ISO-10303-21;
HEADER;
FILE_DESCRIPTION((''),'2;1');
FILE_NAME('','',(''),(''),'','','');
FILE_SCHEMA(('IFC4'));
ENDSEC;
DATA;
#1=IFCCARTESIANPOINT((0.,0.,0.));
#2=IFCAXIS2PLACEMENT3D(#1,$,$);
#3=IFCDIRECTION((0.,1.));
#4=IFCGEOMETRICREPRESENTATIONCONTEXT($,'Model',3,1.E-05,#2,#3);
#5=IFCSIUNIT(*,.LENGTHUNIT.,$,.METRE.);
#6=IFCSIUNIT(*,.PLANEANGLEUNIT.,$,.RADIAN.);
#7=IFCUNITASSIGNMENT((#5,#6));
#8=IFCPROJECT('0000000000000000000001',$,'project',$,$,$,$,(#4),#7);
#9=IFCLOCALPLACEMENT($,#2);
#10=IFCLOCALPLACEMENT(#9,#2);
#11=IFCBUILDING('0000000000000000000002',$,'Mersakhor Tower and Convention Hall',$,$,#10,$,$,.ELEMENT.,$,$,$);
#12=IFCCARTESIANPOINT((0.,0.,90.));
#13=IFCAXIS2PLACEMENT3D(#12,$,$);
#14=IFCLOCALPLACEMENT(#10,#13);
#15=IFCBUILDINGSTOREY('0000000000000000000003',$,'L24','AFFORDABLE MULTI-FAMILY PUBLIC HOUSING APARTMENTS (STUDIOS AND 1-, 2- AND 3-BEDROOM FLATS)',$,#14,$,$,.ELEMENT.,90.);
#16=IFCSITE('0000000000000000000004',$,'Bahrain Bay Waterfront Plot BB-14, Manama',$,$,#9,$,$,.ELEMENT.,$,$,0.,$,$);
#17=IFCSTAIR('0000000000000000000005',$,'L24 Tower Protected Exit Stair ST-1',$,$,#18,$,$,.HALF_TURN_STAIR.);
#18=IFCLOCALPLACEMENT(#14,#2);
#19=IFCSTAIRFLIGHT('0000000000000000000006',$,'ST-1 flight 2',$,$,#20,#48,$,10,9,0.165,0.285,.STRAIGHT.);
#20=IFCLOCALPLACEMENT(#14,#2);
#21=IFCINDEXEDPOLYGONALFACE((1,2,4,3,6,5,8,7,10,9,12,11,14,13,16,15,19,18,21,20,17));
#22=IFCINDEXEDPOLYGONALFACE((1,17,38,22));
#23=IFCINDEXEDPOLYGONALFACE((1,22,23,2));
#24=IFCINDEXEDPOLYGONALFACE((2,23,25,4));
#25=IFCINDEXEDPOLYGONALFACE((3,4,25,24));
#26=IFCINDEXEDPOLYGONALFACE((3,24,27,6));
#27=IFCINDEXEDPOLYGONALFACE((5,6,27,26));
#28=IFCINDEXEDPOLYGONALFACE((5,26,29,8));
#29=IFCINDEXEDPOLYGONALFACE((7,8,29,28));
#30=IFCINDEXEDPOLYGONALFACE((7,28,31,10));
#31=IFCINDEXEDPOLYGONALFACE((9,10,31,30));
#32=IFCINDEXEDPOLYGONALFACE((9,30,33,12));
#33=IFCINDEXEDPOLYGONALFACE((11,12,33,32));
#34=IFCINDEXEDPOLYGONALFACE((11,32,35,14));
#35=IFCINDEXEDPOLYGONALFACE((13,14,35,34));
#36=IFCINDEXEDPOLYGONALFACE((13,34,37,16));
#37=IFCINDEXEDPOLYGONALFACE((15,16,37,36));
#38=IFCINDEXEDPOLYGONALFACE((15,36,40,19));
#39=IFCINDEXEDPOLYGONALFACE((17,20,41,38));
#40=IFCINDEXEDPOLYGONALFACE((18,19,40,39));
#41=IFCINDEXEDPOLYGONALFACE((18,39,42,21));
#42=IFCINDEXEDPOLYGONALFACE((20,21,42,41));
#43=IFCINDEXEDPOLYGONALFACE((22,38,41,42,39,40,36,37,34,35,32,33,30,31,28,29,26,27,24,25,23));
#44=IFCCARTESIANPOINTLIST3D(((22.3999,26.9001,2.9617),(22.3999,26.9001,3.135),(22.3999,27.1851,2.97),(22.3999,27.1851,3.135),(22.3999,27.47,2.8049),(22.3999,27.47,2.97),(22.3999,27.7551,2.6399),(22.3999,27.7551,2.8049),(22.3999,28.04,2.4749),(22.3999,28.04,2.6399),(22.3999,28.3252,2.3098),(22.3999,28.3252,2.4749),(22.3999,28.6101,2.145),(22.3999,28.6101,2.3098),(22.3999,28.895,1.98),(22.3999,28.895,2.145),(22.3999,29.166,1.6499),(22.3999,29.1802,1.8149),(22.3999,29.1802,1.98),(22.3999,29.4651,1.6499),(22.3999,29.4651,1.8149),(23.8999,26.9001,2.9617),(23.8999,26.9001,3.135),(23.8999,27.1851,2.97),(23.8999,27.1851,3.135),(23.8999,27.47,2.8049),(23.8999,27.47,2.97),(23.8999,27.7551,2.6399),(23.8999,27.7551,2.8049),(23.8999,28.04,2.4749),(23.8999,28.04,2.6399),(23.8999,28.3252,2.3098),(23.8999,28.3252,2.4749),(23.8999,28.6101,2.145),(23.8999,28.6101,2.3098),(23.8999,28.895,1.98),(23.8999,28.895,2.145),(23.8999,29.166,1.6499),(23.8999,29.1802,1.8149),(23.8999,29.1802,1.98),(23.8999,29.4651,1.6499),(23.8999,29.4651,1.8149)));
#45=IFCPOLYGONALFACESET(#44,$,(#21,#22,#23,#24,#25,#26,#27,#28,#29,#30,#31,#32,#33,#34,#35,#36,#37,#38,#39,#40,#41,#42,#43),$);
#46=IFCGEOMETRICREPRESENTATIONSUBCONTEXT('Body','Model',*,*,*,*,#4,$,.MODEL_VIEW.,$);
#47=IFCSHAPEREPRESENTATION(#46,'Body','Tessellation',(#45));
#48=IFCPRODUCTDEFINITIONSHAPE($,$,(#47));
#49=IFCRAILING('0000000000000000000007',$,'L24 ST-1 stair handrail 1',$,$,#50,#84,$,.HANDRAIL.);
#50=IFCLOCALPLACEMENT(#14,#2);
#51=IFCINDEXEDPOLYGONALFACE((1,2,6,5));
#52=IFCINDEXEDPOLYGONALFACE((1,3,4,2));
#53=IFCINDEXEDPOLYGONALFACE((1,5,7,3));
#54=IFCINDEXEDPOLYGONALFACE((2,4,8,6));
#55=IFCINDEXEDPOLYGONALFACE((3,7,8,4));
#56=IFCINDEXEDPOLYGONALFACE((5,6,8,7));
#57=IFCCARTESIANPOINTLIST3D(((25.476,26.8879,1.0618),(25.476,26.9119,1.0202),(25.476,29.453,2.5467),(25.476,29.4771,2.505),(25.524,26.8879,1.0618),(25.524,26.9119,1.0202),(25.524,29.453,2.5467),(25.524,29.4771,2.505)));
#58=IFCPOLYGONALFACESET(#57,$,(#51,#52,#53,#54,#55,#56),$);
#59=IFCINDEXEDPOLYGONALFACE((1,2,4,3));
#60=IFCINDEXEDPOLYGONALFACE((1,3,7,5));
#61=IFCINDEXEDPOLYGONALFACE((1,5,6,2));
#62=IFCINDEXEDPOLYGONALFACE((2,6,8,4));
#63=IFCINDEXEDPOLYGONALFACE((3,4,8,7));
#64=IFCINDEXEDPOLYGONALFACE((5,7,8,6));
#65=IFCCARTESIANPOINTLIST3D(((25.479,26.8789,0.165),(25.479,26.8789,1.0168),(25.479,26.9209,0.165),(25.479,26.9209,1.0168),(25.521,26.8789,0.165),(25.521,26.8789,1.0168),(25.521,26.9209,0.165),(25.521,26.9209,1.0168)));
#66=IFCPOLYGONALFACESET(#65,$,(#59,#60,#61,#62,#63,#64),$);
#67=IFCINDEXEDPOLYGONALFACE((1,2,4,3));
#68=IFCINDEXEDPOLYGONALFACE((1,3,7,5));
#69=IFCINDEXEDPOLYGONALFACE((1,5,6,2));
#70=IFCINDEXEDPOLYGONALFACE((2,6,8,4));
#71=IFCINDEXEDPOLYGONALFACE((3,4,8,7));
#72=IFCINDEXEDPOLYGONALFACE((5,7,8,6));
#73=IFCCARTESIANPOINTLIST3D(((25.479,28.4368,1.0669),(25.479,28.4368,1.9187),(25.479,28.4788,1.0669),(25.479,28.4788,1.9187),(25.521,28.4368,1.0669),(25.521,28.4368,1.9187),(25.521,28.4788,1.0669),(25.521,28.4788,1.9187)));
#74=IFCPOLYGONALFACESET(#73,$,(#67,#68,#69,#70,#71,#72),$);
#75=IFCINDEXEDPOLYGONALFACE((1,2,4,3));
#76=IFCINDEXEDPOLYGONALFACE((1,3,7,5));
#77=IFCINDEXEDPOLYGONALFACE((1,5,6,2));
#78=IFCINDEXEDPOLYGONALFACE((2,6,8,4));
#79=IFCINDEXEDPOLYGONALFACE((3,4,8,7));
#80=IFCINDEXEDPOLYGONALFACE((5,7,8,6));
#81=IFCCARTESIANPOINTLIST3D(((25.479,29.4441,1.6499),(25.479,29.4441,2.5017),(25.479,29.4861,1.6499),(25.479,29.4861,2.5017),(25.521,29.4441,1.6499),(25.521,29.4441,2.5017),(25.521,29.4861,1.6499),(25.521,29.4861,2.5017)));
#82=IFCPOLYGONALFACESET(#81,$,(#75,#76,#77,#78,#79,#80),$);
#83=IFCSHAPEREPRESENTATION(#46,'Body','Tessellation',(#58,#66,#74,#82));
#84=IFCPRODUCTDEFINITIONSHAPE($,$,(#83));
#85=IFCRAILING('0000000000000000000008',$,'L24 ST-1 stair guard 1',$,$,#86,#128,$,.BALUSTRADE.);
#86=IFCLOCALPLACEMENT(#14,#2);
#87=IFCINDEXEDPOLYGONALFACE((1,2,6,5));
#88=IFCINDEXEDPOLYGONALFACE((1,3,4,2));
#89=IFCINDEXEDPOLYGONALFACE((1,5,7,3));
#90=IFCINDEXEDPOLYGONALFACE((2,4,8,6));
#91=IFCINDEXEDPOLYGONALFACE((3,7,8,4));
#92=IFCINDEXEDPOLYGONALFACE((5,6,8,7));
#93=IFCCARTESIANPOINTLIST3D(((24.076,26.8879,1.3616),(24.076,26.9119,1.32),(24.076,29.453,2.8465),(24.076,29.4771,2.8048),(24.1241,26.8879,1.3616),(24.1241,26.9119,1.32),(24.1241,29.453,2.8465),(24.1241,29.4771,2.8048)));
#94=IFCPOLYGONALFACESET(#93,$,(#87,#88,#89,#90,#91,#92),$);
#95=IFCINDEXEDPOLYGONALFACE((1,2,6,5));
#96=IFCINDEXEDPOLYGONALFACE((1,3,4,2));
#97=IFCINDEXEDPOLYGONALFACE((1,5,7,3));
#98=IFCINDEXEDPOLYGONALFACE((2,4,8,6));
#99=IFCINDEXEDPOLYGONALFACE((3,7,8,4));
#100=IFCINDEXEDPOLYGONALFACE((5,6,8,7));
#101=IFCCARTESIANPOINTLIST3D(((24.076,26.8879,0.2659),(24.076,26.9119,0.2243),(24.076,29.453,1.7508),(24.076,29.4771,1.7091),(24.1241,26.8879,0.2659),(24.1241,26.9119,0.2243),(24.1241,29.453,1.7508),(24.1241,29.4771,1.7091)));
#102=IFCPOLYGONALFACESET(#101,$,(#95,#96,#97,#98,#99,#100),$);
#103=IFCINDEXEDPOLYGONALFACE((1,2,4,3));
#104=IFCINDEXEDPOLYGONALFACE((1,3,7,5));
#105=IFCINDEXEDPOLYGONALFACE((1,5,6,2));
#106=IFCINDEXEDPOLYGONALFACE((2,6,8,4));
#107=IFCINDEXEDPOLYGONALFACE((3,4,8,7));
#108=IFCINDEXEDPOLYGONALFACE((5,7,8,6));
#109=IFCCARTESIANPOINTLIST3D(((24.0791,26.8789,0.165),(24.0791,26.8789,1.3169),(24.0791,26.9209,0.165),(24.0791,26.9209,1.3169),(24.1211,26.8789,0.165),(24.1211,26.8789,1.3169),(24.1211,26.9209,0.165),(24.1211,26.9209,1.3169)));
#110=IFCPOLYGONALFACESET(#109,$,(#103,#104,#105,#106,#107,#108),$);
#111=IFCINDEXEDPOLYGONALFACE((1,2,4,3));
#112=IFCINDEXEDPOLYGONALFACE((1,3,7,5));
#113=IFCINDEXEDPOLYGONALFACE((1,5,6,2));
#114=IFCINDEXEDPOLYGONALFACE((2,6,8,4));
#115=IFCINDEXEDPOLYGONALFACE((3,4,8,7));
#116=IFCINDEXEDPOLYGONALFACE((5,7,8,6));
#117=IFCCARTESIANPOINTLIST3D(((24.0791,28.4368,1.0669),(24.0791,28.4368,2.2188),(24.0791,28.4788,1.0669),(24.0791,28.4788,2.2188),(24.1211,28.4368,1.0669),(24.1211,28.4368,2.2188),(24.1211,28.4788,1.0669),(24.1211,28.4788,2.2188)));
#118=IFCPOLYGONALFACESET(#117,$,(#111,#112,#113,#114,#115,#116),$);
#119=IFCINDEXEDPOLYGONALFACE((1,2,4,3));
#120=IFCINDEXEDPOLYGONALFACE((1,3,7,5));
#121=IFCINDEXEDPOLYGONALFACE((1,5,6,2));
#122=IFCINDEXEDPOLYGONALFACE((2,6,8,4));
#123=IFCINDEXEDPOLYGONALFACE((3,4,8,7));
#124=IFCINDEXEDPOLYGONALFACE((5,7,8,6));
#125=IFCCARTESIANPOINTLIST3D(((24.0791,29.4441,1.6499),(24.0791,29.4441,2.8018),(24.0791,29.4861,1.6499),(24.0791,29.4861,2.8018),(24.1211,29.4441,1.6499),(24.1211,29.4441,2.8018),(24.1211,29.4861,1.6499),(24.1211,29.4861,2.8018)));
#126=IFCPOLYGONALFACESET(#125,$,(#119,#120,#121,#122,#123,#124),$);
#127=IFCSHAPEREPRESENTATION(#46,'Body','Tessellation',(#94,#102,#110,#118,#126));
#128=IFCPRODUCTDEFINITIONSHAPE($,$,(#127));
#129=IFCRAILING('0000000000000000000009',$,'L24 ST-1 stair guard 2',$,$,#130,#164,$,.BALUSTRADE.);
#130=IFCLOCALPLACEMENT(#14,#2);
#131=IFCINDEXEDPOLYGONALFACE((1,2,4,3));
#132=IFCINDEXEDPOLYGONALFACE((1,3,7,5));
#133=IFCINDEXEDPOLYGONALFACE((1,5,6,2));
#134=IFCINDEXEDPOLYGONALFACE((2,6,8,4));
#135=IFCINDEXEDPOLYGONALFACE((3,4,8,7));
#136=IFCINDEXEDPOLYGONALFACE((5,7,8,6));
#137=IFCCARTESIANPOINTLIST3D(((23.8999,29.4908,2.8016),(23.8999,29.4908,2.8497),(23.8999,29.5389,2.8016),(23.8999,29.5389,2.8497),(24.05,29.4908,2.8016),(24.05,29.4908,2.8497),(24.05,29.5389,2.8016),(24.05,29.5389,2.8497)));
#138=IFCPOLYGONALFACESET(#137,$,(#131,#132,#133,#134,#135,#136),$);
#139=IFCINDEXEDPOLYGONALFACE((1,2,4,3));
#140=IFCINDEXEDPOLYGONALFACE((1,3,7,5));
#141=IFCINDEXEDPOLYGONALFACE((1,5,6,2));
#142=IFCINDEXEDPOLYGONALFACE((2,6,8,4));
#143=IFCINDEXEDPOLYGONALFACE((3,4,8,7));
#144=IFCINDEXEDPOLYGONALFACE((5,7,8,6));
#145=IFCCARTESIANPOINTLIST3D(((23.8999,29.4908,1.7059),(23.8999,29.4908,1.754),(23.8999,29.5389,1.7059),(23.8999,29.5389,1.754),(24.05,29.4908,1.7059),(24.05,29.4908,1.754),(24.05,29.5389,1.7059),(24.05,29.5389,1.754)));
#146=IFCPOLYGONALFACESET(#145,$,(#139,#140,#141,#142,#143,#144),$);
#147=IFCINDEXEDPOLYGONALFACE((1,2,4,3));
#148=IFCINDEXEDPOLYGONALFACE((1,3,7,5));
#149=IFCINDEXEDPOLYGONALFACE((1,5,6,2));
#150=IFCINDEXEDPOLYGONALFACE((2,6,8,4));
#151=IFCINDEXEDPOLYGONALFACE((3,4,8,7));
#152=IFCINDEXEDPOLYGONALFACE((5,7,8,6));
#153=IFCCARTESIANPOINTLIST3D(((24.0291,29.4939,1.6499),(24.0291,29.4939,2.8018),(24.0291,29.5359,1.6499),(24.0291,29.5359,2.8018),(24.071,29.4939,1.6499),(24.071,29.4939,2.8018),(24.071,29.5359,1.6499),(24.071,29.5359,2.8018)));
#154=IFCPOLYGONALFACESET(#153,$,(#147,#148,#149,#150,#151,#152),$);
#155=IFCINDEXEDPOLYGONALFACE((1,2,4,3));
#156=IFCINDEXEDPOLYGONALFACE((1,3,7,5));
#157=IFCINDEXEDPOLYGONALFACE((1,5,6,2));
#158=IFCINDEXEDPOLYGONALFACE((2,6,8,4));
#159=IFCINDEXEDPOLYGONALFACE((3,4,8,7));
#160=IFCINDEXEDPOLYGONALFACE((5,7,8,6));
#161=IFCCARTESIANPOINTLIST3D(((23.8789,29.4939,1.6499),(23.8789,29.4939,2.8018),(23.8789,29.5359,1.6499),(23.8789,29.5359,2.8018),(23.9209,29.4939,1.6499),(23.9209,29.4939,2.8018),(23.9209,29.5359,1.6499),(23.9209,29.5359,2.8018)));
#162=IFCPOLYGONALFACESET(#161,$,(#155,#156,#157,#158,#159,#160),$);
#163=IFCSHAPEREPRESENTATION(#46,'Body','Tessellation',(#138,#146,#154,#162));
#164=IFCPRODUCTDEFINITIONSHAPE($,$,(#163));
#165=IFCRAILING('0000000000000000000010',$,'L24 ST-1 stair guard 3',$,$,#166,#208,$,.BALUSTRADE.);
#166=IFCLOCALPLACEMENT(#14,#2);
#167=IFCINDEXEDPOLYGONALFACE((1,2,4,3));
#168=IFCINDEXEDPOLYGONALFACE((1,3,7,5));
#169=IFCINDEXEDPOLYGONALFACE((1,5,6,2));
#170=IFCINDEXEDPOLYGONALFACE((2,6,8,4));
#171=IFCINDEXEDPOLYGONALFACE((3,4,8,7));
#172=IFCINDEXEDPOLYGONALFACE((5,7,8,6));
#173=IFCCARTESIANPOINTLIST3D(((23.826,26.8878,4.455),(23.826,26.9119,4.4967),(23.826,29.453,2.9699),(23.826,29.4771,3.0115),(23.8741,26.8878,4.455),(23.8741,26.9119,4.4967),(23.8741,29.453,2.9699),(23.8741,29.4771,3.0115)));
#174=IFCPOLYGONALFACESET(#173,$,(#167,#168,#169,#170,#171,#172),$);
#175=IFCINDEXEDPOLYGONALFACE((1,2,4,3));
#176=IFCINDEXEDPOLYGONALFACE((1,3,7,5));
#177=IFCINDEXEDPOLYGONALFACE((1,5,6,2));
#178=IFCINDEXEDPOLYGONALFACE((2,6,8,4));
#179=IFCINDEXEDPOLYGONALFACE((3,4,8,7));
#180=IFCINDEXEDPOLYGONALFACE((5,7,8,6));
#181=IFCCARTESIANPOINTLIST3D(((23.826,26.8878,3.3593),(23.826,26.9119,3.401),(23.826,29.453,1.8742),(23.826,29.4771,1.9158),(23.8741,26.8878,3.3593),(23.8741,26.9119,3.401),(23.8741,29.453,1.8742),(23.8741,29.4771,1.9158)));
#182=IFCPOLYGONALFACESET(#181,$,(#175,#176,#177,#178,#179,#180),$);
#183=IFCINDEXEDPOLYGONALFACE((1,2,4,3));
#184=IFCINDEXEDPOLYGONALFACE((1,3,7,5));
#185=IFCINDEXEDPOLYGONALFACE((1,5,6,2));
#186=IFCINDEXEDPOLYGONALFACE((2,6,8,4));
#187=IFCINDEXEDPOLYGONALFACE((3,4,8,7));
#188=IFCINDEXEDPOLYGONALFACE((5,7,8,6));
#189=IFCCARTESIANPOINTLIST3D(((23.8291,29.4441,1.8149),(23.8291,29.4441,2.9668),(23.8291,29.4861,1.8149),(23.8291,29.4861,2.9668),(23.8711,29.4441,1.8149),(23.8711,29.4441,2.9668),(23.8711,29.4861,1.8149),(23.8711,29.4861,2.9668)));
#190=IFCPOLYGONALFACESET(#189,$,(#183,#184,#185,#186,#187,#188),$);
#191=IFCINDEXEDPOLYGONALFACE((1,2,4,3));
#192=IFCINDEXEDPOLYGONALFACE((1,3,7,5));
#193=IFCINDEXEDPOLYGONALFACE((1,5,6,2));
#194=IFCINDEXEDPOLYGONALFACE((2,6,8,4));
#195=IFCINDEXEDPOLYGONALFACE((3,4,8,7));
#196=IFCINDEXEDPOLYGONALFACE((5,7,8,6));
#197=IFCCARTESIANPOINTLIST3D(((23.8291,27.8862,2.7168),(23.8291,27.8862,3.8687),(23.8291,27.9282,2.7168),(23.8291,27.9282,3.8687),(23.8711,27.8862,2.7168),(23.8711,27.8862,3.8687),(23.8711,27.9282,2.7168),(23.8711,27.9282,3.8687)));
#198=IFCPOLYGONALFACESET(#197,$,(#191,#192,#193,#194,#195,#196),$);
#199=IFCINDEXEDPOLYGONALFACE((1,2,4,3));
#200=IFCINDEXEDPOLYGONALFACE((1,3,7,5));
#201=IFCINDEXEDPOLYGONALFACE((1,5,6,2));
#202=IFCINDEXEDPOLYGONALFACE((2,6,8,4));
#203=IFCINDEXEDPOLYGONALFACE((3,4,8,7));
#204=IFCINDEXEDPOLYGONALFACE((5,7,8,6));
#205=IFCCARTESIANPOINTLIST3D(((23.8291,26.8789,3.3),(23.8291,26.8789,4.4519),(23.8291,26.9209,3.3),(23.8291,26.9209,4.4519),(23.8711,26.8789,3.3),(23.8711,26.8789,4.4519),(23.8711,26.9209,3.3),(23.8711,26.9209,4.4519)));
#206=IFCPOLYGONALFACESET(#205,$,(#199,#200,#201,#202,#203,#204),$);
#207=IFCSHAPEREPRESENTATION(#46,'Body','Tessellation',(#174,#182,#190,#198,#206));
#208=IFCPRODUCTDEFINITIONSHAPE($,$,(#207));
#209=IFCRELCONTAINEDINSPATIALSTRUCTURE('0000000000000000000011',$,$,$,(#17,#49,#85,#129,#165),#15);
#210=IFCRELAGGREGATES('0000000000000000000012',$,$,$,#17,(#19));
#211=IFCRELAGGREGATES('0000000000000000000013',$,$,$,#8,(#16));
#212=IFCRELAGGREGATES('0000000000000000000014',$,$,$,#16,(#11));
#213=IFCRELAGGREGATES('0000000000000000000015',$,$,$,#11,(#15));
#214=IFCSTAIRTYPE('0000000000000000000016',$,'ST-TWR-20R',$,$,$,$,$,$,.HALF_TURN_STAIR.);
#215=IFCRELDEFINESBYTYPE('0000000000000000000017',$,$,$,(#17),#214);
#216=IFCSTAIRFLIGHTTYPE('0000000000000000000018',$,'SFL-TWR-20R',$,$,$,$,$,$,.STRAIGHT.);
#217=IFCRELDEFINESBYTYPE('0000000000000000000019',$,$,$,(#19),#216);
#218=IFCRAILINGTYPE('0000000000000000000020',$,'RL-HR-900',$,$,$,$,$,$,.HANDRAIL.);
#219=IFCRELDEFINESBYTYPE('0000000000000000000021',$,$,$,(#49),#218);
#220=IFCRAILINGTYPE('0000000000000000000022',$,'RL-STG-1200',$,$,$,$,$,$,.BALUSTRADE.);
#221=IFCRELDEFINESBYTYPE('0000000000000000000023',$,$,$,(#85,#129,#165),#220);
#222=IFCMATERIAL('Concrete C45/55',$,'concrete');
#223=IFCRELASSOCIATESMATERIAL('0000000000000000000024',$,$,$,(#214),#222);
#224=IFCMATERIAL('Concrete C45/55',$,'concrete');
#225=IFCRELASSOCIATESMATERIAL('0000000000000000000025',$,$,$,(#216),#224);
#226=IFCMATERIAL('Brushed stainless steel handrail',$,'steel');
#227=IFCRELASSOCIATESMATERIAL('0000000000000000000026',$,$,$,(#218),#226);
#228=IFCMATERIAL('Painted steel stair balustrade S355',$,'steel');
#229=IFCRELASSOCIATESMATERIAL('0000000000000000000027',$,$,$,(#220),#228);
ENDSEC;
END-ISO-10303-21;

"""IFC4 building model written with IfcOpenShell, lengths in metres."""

from ifc_helpers import new_model, si_unit, direction, frame, origin, origin_2d, place, context, subcontext, project, spatial, polyline, rectangle, outline, extrude, material, type_object, element, aggregate, save


model = new_model("IFC4")

# Units and contexts
model_context = context("Model", 3, precision=1e-05, world=origin(), true_north=direction((0.0, 1.0)))
body_context = subcontext(model_context, "Body", "Model", "MODEL_VIEW")
ifc_project = project(units=[si_unit("LENGTHUNIT", "METRE"), si_unit("PLANEANGLEUNIT", "RADIAN")], contexts=[model_context])

# Site, building, storey
site_placement = place(None, origin())
site = spatial("IfcSite", under=ifc_project, at=site_placement, Name="Bahrain Bay Waterfront Plot BB-14, Manama", CompositionType="ELEMENT", RefElevation=0.0)
building_placement = place(site_placement, origin())
building = spatial("IfcBuilding", under=site, at=building_placement, Name="Mersakhor Tower and Convention Hall", CompositionType="ELEMENT")
storey_placement = place(building_placement, frame((0.0, 0.0, 90.0)))
storey = spatial("IfcBuildingStorey", under=building, at=storey_placement, Name="L24", Description="AFFORDABLE MULTI-FAMILY PUBLIC HOUSING APARTMENTS (STUDIOS AND 1-, 2- AND 3-BEDROOM FLATS)", CompositionType="ELEMENT", Elevation=90.0)

# Stair, stair flight
ifc_material_1 = material(Name="Concrete C45/55", Category="concrete")
stair_type = type_object("IfcStairType", Name="ST-TWR-20R", PredefinedType="HALF_TURN_STAIR", material=ifc_material_1)
stair_placement = place(storey_placement, origin())
stair = element("IfcStair", 1, at=stair_placement, inside=storey, type_object=stair_type, Name="L24 Tower Protected Exit Stair ST-1", PredefinedType="HALF_TURN_STAIR")
ifc_material_2 = material(Name="Concrete C45/55", Category="concrete")
stair_flight_type = type_object("IfcStairFlightType", Name="SFL-TWR-20R", PredefinedType="STRAIGHT", material=ifc_material_2)
stair_flight_1_placement = place(storey_placement, frame((23.1499, 29.4651, 1.6499), z_axis=(0.0, 0.0, 1.0), x_axis=(0.0, -1.0, 0.0)))
stair_flight_1 = element("IfcStairFlight", 2, at=stair_flight_1_placement, type_object=stair_flight_type, Name="ST-1 flight 2", NumberOfRisers=10, NumberOfTreads=9, PredefinedType="STRAIGHT", RiserHeight=0.165, TreadLength=0.285, context=body_context, shape_type="SweptSolid", body=[
    extrude(outline(polyline([(0.0, 0.0), (0.0, 0.165), (0.2849, 0.165), (0.2849, 0.3301), (0.5701, 0.3301), (0.5701, 0.4951), (0.855, 0.4951), (0.855, 0.6599), (1.1399, 0.6599), (1.1399, 0.825), (1.425, 0.825), (1.425, 0.99), (1.71, 0.99), (1.71, 1.155), (1.9951, 1.155), (1.9951, 1.3201), (2.28, 1.3201), (2.28, 1.4851), (2.5649, 1.4851), (2.5649, 1.6499), (2.5649, 1.3118), (0.2991, 0.0), (0.0, 0.0)])), frame((0.0, 0.75, 0.0), z_axis=(0.0, -1.0, 0.0), x_axis=(1.0, 0.0, 0.0)), (0.0, 0.0, 1.0), 1.5),
])
aggregate(stair, [stair_flight_1])

# Railings
ifc_material_3 = material(Name="Brushed stainless steel handrail", Category="steel")
railing_type_1 = type_object("IfcRailingType", Name="RL-HR-900", PredefinedType="HANDRAIL", material=ifc_material_3)
railing_1_placement = place(storey_placement, frame((25.5, 26.8999, 0.165)))
element("IfcRailing", 3, at=railing_1_placement, inside=storey, type_object=railing_type_1, Name="L24 ST-1 stair handrail 1", PredefinedType="HANDRAIL", context=body_context, shape_type="SweptSolid", body=[
    extrude(rectangle(XDim=0.0481, YDim=0.0481, at=origin_2d()), frame((0.0, 0.0, 0.876), z_axis=(0.0, 0.865462, 0.500975), x_axis=(-1.0, 0.0, 0.0)), (0.0, 0.0, 1.0), 2.9639),
    extrude(rectangle(XDim=0.042, YDim=0.042, at=origin_2d()), origin(), (0.0, 0.0, 1.0), 0.8518),
    extrude(rectangle(XDim=0.042, YDim=0.042, at=origin_2d()), frame((0.0, 1.5579, 0.9019)), (0.0, 0.0, 1.0), 0.8518),
    extrude(rectangle(XDim=0.042, YDim=0.042, at=origin_2d()), frame((0.0, 2.5652, 1.4849)), (0.0, 0.0, 1.0), 0.8518),
])
ifc_material_4 = material(Name="Painted steel stair balustrade S355", Category="steel")
railing_type_2 = type_object("IfcRailingType", Name="RL-STG-1200", PredefinedType="BALUSTRADE", material=ifc_material_4)
railing_2_placement = place(storey_placement, frame((24.1001, 26.8999, 0.165)))
element("IfcRailing", 4, at=railing_2_placement, inside=storey, type_object=railing_type_2, Name="L24 ST-1 stair guard 1", PredefinedType="BALUSTRADE", context=body_context, shape_type="SweptSolid", body=[
    extrude(rectangle(XDim=0.0481, YDim=0.0481, at=origin_2d()), frame((0.0, 0.0, 1.1758), z_axis=(0.0, 0.865462, 0.500975), x_axis=(-1.0, 0.0, 0.0)), (0.0, 0.0, 1.0), 2.9639),
    extrude(rectangle(XDim=0.0481, YDim=0.0481, at=origin_2d()), frame((0.0, 0.0, 0.0801), z_axis=(0.0, 0.865462, 0.500975), x_axis=(-1.0, 0.0, 0.0)), (0.0, 0.0, 1.0), 2.9639),
    extrude(rectangle(XDim=0.042, YDim=0.042, at=origin_2d()), origin(), (0.0, 0.0, 1.0), 1.1519),
    extrude(rectangle(XDim=0.042, YDim=0.042, at=origin_2d()), frame((0.0, 1.5579, 0.9019)), (0.0, 0.0, 1.0), 1.1519),
    extrude(rectangle(XDim=0.042, YDim=0.042, at=origin_2d()), frame((0.0, 2.5652, 1.4849)), (0.0, 0.0, 1.0), 1.1519),
])
railing_3_placement = place(storey_placement, frame((24.05, 29.5149, 1.6499)))
element("IfcRailing", 5, at=railing_3_placement, inside=storey, type_object=railing_type_2, Name="L24 ST-1 stair guard 2", PredefinedType="BALUSTRADE", context=body_context, shape_type="SweptSolid", body=[
    extrude(rectangle(XDim=0.0481, YDim=0.0481, at=origin_2d()), frame((0.0, 0.0, 1.1758), z_axis=(-1.0, 0.0, 0.0), x_axis=(0.0, -1.0, 0.0)), (0.0, 0.0, 1.0), 0.1501),
    extrude(rectangle(XDim=0.0481, YDim=0.0481, at=origin_2d()), frame((0.0, 0.0, 0.0801), z_axis=(-1.0, 0.0, 0.0), x_axis=(0.0, -1.0, 0.0)), (0.0, 0.0, 1.0), 0.1501),
    extrude(rectangle(XDim=0.042, YDim=0.042, at=origin_2d()), origin(), (0.0, 0.0, 1.0), 1.1519),
    extrude(rectangle(XDim=0.042, YDim=0.042, at=origin_2d()), frame((-0.1501, 0.0, 0.0)), (0.0, 0.0, 1.0), 1.1519),
])
railing_4_placement = place(storey_placement, frame((23.8501, 29.4651, 1.8149)))
element("IfcRailing", 6, at=railing_4_placement, inside=storey, type_object=railing_type_2, Name="L24 ST-1 stair guard 3", PredefinedType="BALUSTRADE", context=body_context, shape_type="SweptSolid", body=[
    extrude(rectangle(XDim=0.0481, YDim=0.0481, at=origin_2d()), frame((0.0, 0.0, 1.1758), z_axis=(0.0, -0.865426, 0.501036), x_axis=(1.0, 0.0, 0.0)), (0.0, 0.0, 1.0), 2.9641),
    extrude(rectangle(XDim=0.0481, YDim=0.0481, at=origin_2d()), frame((0.0, 0.0, 0.0801), z_axis=(0.0, -0.865426, 0.501036), x_axis=(1.0, 0.0, 0.0)), (0.0, 0.0, 1.0), 2.9641),
    extrude(rectangle(XDim=0.042, YDim=0.042, at=origin_2d()), origin(), (0.0, 0.0, 1.0), 1.1519),
    extrude(rectangle(XDim=0.042, YDim=0.042, at=origin_2d()), frame((0.0, -1.5579, 0.9019)), (0.0, 0.0, 1.0), 1.1519),
    extrude(rectangle(XDim=0.042, YDim=0.042, at=origin_2d()), frame((0.0, -2.5652, 1.4851)), (0.0, 0.0, 1.0), 1.1519),
])

save(model, "model.ifc")
